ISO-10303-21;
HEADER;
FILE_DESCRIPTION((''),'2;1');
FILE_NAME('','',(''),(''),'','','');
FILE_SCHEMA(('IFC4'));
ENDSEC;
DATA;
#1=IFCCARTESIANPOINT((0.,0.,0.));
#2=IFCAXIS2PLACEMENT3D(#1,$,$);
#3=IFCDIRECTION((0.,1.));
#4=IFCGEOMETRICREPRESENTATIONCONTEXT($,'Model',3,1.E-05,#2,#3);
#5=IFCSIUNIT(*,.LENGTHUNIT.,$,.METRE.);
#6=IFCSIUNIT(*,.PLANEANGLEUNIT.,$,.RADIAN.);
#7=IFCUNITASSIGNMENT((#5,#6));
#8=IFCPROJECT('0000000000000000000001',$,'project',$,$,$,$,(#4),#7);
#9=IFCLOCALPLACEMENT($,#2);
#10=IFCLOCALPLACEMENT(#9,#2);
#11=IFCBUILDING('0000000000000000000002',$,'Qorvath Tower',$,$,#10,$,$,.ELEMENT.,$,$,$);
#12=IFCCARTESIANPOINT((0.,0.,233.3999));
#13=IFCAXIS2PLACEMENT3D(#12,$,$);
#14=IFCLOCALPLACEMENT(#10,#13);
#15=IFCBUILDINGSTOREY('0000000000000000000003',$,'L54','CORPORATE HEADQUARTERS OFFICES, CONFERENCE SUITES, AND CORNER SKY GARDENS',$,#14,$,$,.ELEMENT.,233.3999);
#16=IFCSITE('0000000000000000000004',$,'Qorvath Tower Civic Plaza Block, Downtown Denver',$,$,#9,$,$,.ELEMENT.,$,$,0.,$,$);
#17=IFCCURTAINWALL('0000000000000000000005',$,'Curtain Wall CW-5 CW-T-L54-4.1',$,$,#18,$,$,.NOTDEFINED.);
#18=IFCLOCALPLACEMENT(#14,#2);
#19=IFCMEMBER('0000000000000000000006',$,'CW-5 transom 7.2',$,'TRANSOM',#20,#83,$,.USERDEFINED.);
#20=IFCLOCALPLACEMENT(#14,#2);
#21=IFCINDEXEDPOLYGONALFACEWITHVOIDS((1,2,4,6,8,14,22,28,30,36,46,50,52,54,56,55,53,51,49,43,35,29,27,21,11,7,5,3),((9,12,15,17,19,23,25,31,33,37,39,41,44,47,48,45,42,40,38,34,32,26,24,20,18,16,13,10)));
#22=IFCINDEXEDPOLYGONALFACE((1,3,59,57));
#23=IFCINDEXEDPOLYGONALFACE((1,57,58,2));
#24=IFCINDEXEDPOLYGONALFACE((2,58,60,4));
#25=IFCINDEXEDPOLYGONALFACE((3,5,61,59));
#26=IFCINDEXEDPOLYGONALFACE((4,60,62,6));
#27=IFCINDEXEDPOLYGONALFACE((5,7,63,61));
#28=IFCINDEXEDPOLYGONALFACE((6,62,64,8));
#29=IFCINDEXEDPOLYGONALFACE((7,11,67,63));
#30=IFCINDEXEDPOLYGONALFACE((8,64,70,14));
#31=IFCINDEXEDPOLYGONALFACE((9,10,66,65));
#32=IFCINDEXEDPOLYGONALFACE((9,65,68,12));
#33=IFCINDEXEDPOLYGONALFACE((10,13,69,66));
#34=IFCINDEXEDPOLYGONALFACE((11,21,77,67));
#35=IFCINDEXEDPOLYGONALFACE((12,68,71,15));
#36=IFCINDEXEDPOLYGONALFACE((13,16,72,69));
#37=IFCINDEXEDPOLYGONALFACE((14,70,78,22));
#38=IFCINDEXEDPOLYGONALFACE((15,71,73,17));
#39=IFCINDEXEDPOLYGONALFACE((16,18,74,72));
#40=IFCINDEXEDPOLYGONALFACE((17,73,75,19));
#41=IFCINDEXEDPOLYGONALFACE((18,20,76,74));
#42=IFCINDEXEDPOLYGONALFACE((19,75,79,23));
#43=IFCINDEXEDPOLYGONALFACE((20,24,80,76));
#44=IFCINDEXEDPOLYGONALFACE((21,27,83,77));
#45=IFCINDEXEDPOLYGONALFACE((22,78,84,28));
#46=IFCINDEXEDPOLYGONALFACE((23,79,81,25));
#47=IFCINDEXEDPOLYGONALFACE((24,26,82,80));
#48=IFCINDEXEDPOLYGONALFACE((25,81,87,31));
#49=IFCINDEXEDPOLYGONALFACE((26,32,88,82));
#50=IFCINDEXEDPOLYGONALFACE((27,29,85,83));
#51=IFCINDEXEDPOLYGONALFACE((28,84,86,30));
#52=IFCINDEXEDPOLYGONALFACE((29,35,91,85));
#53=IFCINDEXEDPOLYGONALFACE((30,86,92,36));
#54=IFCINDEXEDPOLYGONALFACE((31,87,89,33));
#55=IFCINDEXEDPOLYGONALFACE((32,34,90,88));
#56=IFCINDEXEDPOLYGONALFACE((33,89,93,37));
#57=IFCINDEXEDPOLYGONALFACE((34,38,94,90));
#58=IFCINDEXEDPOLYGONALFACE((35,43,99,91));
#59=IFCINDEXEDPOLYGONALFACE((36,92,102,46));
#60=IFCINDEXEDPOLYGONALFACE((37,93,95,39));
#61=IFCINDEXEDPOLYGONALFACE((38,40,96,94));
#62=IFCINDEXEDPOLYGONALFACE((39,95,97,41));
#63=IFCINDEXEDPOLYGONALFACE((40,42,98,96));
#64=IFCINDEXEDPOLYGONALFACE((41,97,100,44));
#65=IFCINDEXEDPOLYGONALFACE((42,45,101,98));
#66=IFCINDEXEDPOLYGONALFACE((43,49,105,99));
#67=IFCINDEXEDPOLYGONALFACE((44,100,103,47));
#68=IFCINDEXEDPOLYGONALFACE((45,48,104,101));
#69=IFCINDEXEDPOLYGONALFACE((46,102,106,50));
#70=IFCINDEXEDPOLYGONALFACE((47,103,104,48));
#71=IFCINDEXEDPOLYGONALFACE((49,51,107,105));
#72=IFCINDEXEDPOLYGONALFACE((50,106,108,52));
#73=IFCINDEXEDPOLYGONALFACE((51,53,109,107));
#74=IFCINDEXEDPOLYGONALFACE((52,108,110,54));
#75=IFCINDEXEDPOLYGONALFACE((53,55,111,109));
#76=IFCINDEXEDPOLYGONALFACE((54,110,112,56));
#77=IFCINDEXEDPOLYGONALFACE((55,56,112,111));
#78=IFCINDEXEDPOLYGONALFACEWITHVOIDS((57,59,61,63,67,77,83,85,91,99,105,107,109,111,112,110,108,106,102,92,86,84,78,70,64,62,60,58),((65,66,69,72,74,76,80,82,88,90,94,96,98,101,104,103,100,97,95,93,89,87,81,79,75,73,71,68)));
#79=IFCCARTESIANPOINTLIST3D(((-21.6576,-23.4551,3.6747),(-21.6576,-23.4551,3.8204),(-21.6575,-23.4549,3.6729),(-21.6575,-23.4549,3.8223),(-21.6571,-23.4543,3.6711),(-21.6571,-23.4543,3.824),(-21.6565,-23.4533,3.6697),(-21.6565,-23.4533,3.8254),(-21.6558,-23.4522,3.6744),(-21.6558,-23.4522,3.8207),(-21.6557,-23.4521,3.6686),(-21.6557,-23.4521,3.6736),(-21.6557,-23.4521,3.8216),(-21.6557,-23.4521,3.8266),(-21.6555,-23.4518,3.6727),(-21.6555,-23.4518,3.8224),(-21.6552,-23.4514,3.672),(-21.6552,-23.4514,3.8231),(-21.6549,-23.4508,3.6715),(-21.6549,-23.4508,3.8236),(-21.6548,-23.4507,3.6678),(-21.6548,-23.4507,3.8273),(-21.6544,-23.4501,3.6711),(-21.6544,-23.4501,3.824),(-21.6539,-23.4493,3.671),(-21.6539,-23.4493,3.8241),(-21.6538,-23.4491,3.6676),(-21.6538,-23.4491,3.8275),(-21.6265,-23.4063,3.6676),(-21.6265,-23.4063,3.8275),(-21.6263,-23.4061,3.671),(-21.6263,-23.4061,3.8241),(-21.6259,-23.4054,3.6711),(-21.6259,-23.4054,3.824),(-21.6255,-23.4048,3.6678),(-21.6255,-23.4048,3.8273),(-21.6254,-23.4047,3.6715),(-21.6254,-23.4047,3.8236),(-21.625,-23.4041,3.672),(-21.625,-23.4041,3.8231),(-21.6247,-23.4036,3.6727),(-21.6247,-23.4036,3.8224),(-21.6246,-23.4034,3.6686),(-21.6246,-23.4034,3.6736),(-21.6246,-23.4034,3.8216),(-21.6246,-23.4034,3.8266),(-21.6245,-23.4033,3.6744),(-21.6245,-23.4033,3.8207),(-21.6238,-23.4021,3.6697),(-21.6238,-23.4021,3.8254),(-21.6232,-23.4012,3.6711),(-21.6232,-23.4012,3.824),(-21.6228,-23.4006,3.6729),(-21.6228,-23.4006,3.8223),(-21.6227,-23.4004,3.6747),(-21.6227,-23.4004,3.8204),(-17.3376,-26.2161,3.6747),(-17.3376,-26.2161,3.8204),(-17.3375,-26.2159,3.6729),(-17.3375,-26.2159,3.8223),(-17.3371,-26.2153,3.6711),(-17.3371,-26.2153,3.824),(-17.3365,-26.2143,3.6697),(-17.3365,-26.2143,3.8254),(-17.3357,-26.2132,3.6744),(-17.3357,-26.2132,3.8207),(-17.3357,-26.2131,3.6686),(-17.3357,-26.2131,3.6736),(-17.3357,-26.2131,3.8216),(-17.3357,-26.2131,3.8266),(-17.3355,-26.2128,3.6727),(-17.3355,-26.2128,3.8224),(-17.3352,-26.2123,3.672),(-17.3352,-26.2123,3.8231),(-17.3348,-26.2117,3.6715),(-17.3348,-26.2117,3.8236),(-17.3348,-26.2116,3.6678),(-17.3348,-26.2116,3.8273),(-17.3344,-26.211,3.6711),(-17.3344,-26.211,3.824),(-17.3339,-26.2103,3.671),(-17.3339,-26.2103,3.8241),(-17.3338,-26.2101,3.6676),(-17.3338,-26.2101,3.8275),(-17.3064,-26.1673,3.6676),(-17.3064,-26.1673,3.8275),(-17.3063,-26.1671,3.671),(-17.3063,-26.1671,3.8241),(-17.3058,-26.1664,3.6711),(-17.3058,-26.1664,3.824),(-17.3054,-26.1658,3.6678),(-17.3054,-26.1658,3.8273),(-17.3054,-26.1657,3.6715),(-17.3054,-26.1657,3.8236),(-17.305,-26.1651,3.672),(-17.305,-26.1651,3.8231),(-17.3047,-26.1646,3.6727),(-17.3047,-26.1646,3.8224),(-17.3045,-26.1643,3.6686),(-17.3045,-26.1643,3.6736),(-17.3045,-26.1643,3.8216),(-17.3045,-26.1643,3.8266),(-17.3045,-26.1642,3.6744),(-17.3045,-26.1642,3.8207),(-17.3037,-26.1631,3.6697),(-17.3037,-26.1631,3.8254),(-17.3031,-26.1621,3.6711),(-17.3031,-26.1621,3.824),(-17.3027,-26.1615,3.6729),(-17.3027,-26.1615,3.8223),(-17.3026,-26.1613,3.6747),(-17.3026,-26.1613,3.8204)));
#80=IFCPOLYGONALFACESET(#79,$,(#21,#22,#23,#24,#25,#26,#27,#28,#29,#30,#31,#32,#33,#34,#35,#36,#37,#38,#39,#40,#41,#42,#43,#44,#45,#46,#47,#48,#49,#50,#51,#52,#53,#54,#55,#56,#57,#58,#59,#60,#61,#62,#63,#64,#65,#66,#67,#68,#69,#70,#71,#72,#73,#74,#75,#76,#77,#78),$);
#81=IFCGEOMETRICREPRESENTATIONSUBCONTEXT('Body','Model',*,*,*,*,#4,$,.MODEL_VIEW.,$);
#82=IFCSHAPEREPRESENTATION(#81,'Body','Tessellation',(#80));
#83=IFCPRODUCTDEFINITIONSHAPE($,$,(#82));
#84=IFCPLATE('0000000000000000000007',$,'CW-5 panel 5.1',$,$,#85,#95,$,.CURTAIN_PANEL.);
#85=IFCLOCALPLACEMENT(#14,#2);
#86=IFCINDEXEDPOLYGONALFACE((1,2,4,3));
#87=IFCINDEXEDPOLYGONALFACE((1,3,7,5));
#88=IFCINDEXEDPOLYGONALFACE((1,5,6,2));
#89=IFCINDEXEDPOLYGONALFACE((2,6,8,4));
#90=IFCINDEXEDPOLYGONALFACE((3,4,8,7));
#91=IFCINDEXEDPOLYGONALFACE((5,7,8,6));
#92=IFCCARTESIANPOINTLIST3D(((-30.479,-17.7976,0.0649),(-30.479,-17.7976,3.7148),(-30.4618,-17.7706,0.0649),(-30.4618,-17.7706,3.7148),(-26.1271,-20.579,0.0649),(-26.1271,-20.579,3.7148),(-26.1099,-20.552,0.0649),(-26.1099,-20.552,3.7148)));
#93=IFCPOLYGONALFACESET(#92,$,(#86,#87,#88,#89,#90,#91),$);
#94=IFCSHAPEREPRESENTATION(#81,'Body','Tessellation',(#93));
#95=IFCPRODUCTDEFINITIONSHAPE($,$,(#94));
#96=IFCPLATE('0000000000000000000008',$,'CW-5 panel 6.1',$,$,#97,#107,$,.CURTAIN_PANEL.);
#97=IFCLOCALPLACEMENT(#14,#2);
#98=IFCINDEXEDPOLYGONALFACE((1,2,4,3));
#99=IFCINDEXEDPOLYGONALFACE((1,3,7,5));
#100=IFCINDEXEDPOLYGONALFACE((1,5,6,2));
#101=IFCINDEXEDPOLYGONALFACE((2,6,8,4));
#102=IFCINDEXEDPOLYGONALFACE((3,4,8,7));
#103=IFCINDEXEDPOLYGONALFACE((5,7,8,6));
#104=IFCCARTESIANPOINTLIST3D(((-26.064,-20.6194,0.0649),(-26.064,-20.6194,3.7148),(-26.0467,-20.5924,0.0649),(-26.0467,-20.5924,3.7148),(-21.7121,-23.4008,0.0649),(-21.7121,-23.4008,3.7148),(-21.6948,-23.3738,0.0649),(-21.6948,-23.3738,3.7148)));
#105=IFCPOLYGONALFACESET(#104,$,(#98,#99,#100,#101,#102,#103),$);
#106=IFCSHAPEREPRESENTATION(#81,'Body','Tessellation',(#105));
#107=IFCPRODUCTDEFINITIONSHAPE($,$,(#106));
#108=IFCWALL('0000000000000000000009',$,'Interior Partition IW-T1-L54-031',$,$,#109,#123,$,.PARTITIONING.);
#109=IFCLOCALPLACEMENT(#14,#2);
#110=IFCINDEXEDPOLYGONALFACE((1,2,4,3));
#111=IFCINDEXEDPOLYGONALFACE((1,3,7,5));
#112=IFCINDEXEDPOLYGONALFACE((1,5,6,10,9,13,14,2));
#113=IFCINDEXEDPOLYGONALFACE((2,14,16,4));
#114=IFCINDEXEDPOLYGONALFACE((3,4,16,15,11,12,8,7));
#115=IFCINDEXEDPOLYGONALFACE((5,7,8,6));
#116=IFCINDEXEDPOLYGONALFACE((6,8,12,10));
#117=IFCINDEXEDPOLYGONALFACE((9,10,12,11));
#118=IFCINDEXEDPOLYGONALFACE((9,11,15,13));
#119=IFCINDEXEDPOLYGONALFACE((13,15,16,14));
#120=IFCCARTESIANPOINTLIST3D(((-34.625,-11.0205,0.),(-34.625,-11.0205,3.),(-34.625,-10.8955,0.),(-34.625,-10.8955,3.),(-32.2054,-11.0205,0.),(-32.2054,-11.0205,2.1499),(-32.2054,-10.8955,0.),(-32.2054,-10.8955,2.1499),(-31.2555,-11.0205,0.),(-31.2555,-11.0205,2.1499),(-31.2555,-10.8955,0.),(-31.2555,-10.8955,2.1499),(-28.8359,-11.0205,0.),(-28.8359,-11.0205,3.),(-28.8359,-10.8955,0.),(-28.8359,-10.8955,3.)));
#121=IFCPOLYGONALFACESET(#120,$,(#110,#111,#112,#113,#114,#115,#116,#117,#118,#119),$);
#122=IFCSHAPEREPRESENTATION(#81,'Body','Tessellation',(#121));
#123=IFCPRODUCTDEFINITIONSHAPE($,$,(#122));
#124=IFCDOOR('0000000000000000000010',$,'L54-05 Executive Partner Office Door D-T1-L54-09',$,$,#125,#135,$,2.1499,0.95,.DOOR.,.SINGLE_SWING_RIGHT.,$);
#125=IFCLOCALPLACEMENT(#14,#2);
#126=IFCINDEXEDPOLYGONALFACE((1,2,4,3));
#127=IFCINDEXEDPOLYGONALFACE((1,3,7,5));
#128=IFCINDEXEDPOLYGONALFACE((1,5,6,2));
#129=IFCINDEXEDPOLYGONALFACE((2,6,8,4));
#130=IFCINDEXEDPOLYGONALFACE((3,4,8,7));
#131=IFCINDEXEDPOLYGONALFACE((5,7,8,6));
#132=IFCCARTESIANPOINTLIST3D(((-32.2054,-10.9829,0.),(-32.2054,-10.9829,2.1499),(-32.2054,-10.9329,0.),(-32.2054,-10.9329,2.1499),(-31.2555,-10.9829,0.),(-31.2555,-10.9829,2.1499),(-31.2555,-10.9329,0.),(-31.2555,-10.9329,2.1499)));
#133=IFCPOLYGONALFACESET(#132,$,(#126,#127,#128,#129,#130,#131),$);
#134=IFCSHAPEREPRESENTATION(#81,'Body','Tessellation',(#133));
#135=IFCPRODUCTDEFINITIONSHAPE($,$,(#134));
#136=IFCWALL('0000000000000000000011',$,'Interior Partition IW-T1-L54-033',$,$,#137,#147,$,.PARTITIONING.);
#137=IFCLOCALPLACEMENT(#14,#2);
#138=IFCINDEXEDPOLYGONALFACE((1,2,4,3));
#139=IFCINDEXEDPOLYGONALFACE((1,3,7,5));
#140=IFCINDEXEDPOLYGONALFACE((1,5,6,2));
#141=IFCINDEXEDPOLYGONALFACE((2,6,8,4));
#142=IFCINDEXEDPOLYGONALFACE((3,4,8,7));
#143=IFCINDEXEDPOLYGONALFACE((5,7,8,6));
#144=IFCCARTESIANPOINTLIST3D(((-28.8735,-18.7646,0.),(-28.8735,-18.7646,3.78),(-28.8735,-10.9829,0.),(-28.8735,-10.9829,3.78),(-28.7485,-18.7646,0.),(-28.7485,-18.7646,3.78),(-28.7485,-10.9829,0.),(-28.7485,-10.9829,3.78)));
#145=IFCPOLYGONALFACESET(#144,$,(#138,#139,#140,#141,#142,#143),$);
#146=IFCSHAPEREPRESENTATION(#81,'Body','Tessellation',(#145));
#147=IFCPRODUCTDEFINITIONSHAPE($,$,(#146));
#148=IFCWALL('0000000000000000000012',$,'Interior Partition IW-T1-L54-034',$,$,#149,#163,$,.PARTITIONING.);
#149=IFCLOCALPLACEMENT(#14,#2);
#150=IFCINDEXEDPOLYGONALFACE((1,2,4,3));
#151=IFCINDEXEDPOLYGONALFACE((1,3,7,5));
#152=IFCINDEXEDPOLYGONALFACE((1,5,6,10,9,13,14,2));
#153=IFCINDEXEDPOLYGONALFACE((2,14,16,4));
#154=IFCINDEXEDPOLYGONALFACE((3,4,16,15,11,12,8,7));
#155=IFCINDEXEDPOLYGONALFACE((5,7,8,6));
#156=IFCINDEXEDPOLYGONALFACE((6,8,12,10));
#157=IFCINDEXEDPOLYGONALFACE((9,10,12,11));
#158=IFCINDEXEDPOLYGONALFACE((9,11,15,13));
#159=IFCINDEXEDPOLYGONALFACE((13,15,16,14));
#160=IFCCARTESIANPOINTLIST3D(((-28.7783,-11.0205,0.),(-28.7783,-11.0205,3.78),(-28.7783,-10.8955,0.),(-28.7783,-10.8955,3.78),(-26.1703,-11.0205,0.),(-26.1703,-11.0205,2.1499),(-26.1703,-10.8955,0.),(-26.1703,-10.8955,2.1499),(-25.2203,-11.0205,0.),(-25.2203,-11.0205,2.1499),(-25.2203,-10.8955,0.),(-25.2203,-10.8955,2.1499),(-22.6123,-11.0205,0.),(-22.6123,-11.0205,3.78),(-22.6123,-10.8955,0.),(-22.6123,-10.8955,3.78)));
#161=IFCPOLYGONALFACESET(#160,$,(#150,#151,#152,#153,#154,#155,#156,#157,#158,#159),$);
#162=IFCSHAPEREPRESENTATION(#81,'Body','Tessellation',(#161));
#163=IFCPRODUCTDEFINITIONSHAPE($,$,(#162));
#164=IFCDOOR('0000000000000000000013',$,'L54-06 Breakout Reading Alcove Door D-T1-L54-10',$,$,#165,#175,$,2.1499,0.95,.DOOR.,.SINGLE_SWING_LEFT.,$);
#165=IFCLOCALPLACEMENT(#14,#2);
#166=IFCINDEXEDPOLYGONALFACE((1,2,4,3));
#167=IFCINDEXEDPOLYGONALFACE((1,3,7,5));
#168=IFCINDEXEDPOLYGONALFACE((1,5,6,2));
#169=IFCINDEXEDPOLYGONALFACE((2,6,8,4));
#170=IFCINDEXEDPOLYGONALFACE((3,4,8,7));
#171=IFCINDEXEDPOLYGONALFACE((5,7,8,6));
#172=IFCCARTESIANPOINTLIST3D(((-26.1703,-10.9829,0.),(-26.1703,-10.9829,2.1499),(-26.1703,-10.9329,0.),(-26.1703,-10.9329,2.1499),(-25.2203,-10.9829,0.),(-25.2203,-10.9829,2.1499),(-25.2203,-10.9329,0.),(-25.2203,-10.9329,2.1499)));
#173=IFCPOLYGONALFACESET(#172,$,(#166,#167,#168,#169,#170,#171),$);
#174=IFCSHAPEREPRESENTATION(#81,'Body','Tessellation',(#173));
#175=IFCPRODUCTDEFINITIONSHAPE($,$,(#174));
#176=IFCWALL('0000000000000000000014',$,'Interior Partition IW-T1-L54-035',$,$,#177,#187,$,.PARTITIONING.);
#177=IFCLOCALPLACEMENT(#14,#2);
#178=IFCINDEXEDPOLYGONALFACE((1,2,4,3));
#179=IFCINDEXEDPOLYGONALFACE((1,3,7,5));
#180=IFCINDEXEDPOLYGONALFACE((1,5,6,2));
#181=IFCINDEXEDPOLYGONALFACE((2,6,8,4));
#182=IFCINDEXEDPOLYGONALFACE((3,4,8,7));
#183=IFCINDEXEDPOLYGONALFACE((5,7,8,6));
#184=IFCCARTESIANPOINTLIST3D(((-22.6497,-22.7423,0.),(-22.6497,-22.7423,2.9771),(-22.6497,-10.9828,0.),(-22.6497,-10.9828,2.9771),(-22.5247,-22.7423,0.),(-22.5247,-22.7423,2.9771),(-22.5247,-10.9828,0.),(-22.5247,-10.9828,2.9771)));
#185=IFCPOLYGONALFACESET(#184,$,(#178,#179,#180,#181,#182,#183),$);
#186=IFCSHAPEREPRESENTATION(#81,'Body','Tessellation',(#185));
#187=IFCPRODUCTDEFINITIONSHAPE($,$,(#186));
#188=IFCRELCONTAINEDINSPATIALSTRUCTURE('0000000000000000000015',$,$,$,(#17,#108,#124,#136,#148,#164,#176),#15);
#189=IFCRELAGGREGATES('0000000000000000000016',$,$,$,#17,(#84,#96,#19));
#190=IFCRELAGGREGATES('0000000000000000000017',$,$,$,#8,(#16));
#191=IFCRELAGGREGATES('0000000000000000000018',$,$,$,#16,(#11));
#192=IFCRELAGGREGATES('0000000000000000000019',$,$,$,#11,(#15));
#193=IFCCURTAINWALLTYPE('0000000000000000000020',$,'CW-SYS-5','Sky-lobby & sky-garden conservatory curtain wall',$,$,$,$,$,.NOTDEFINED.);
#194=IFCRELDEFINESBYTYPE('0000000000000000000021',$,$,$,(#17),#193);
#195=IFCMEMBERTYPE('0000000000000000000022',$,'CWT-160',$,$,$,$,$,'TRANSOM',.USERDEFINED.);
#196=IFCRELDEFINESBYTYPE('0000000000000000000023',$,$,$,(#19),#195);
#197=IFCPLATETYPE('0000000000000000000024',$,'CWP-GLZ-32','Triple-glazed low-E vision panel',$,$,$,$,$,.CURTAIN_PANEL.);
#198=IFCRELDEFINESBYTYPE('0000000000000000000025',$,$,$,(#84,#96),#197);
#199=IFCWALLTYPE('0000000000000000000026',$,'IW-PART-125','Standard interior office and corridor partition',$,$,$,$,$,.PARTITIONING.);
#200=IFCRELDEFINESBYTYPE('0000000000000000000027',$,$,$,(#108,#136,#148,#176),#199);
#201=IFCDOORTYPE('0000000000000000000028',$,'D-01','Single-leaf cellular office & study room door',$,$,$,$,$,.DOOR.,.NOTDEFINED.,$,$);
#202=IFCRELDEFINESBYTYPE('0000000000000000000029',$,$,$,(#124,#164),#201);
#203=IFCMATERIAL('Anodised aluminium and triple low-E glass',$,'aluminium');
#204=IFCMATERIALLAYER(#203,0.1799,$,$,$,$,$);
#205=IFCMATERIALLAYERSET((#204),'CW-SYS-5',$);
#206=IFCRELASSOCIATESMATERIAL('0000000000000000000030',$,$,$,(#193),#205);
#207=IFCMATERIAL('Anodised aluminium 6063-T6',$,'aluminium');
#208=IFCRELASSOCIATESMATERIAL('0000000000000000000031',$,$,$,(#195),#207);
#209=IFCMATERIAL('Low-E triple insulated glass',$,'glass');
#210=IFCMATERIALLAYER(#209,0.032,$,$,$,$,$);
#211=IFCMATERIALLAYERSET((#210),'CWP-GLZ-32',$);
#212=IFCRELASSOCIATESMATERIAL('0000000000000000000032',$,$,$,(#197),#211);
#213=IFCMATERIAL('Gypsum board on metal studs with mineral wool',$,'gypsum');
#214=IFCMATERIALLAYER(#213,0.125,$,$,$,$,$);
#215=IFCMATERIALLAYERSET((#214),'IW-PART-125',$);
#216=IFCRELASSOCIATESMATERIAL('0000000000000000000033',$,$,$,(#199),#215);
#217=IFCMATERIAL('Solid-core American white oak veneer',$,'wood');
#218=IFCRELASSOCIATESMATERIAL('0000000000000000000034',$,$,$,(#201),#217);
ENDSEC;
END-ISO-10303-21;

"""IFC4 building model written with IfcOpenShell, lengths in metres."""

from ifc_helpers import new_model, si_unit, direction, frame, frame_2d, origin, origin_2d, place, context, subcontext, project, spatial, rectangle, hollow_rectangle, extrude, material, layer, layer_set, material_profile, profile_set, type_object, element, fill, aggregate, save


model = new_model("IFC4")

# Units and contexts
model_context = context("Model", 3, precision=1e-05, world=origin(), true_north=direction((0.0, 1.0)))
body_context = subcontext(model_context, "Body", "Model", "MODEL_VIEW")
ifc_project = project(units=[si_unit("LENGTHUNIT", "METRE"), si_unit("PLANEANGLEUNIT", "RADIAN")], contexts=[model_context])

# Site, building, storey
site_placement = place(None, origin())
site = spatial("IfcSite", under=ifc_project, at=site_placement, Name="Qorvath Tower Civic Plaza Block, Downtown Denver", CompositionType="ELEMENT", RefElevation=0.0)
building_placement = place(site_placement, origin())
building = spatial("IfcBuilding", under=site, at=building_placement, Name="Qorvath Tower", CompositionType="ELEMENT")
storey_placement = place(building_placement, frame((0.0, 0.0, 233.3999)))
storey = spatial("IfcBuildingStorey", under=building, at=storey_placement, Name="L54", Description="CORPORATE HEADQUARTERS OFFICES, CONFERENCE SUITES, AND CORNER SKY GARDENS", CompositionType="ELEMENT", Elevation=233.3999)

# Curtain wall, member, plates
ifc_material_1 = material(Name="Anodised aluminium and triple low-E glass", Category="aluminium")
ifc_layer_1 = layer(ifc_material_1, 0.1799)
ifc_layer_set_1 = layer_set([ifc_layer_1], Name="CW-SYS-5")
curtain_wall_type = type_object("IfcCurtainWallType", Name="CW-SYS-5", Description="Sky-lobby & sky-garden conservatory curtain wall", PredefinedType="NOTDEFINED", material=ifc_layer_set_1)
curtain_wall_placement = place(storey_placement, origin())
curtain_wall = element("IfcCurtainWall", 1, at=curtain_wall_placement, inside=storey, type_object=curtain_wall_type, Name="Curtain Wall CW-5 CW-T-L54-4.1", PredefinedType="NOTDEFINED")
ifc_material_2 = material(Name="Anodised aluminium 6063-T6", Category="aluminium")
ifc_material_profile_1 = material_profile(ifc_material_2, hollow_rectangle(XDim=0.0649, YDim=0.1599, WallThickness=0.0034, InnerFilletRadius=0.0034, OuterFilletRadius=0.0071, at=origin_2d()), Name="CWT 160x65")
ifc_profile_set_1 = profile_set([ifc_material_profile_1], Name="Anodised aluminium 6063-T6")
member_type_1 = type_object("IfcMemberType", Name="CWT-160", ElementType="TRANSOM", PredefinedType="USERDEFINED", material=ifc_profile_set_1)
member_1_placement = place(storey_placement, frame((-21.6401, -23.4277, 3.7476), z_axis=(0.842613, -0.53852, 0.0), x_axis=(0.53852, 0.842613, 0.0)))
member_1 = element("IfcMember", 2, at=member_1_placement, type_object=member_type_1, Name="CW-5 transom 7.2", ObjectType="TRANSOM", PredefinedType="USERDEFINED", context=body_context, shape_type="SweptSolid", body=[
    extrude(hollow_rectangle(XDim=0.0649, YDim=0.1599, WallThickness=0.0034, InnerFilletRadius=0.0034, OuterFilletRadius=0.0071, at=origin_2d()), origin(), (0.0, 0.0, 1.0), 5.127),
])
ifc_material_3 = material(Name="Low-E triple insulated glass", Category="glass")
ifc_layer_2 = layer(ifc_material_3, 0.032)
ifc_layer_set_2 = layer_set([ifc_layer_2], Name="CWP-GLZ-32")
plate_type = type_object("IfcPlateType", Name="CWP-GLZ-32", Description="Triple-glazed low-E vision panel", PredefinedType="CURTAIN_PANEL", material=ifc_layer_set_2)
plate_1_placement = place(storey_placement, frame((-28.2944, -19.1748, 0.0649), z_axis=(0.0, 0.0, 1.0), x_axis=(0.842607, -0.538528, 0.0)))
plate_1 = element("IfcPlate", 3, at=plate_1_placement, type_object=plate_type, Name="CW-5 panel 5.1", PredefinedType="CURTAIN_PANEL", context=body_context, shape_type="SweptSolid", body=[
    extrude(rectangle(XDim=5.1648, YDim=0.032, at=origin_2d()), origin(), (0.0, 0.0, 1.0), 3.6499),
])
plate_2_placement = place(storey_placement, frame((-23.8794, -21.9966, 0.0649), z_axis=(0.0, 0.0, 1.0), x_axis=(0.842607, -0.538528, 0.0)))
plate_2 = element("IfcPlate", 4, at=plate_2_placement, type_object=plate_type, Name="CW-5 panel 6.1", PredefinedType="CURTAIN_PANEL", context=body_context, shape_type="SweptSolid", body=[
    extrude(rectangle(XDim=5.1648, YDim=0.032, at=origin_2d()), origin(), (0.0, 0.0, 1.0), 3.6499),
])
aggregate(curtain_wall, [plate_1, plate_2, member_1])

# Wall, opening, door
ifc_material_4 = material(Name="Gypsum board on metal studs with mineral wool", Category="gypsum")
ifc_layer_3 = layer(ifc_material_4, 0.125)
ifc_layer_set_3 = layer_set([ifc_layer_3], Name="IW-PART-125")
wall_type = type_object("IfcWallType", Name="IW-PART-125", Description="Standard interior office and corridor partition", PredefinedType="PARTITIONING", material=ifc_layer_set_3)
wall_1_placement = place(storey_placement, frame((-28.8359, -10.958, 0.0), z_axis=(0.0, 0.0, 1.0), x_axis=(-1.0, 0.0, 0.0)))
wall_1 = element("IfcWall", 5, at=wall_1_placement, inside=storey, type_object=wall_type, Name="Interior Partition IW-T1-L54-031", PredefinedType="PARTITIONING", context=body_context, shape_type="SweptSolid", body=[
    extrude(rectangle(XDim=5.7891, YDim=0.125, at=frame_2d((2.8945, 0.0))), origin(), (0.0, 0.0, 1.0), 3.0),
])
opening_1_placement = place(wall_1_placement, frame((2.4194, 0.0, 0.0)))
opening_1 = element("IfcOpeningElement", 6, at=opening_1_placement, cuts=wall_1, PredefinedType="OPENING", context=body_context, shape_type="SweptSolid", body=[
    extrude(rectangle(XDim=0.95, YDim=2.1499, at=frame_2d((0.4751, 1.075))), frame((0.0, 0.0725, 0.0), z_axis=(0.0, -1.0, 0.0), x_axis=(1.0, 0.0, 0.0)), (0.0, 0.0, 1.0), 0.145),
])
ifc_material_5 = material(Name="Solid-core American white oak veneer", Category="wood")
door_type = type_object("IfcDoorType", Name="D-01", Description="Single-leaf cellular office & study room door", OperationType="NOTDEFINED", PredefinedType="DOOR", material=ifc_material_5)
door_1_placement = place(opening_1_placement, origin())
door_1 = element("IfcDoor", 7, at=door_1_placement, inside=storey, type_object=door_type, Name="L54-05 Executive Partner Office Door D-T1-L54-09", OperationType="SINGLE_SWING_RIGHT", OverallHeight=2.1499, OverallWidth=0.95, PredefinedType="DOOR", context=body_context, shape_type="SweptSolid", body=[
    extrude(rectangle(XDim=0.95, YDim=2.1499, at=frame_2d((0.4751, 1.075))), frame((0.0, 0.0249, 0.0), z_axis=(0.0, -1.0, 0.0), x_axis=(1.0, 0.0, 0.0)), (0.0, 0.0, 1.0), 0.05),
])
fill(opening_1, door_1)

# Wall
wall_2_placement = place(storey_placement, frame((-28.811, -18.7646, 0.0), z_axis=(0.0, 0.0, 1.0), x_axis=(0.0, 1.0, 0.0)))
element("IfcWall", 8, at=wall_2_placement, inside=storey, type_object=wall_type, Name="Interior Partition IW-T1-L54-033", PredefinedType="PARTITIONING", context=body_context, shape_type="SweptSolid", body=[
    extrude(rectangle(XDim=7.7817, YDim=0.125, at=frame_2d((3.8909, 0.0))), origin(), (0.0, 0.0, 1.0), 3.78),
])

# Wall, opening, door
wall_3_placement = place(storey_placement, frame((-22.6123, -10.958, 0.0), z_axis=(0.0, 0.0, 1.0), x_axis=(-1.0, 0.0, 0.0)))
wall_3 = element("IfcWall", 9, at=wall_3_placement, inside=storey, type_object=wall_type, Name="Interior Partition IW-T1-L54-034", PredefinedType="PARTITIONING", context=body_context, shape_type="SweptSolid", body=[
    extrude(rectangle(XDim=6.166, YDim=0.125, at=frame_2d((3.083, 0.0))), origin(), (0.0, 0.0, 1.0), 3.78),
])
opening_2_placement = place(wall_3_placement, frame((2.6079, 0.0, 0.0)))
opening_2 = element("IfcOpeningElement", 10, at=opening_2_placement, cuts=wall_3, PredefinedType="OPENING", context=body_context, shape_type="SweptSolid", body=[
    extrude(rectangle(XDim=0.95, YDim=2.1499, at=frame_2d((0.4751, 1.075))), frame((0.0, 0.0725, 0.0), z_axis=(0.0, -1.0, 0.0), x_axis=(1.0, 0.0, 0.0)), (0.0, 0.0, 1.0), 0.145),
])
door_2_placement = place(opening_2_placement, origin())
door_2 = element("IfcDoor", 11, at=door_2_placement, inside=storey, type_object=door_type, Name="L54-06 Breakout Reading Alcove Door D-T1-L54-10", OperationType="SINGLE_SWING_LEFT", OverallHeight=2.1499, OverallWidth=0.95, PredefinedType="DOOR", context=body_context, shape_type="SweptSolid", body=[
    extrude(rectangle(XDim=0.95, YDim=2.1499, at=frame_2d((0.4751, 1.075))), frame((0.0, 0.0249, 0.0), z_axis=(0.0, -1.0, 0.0), x_axis=(1.0, 0.0, 0.0)), (0.0, 0.0, 1.0), 0.05),
])
fill(opening_2, door_2)

# Wall
wall_4_placement = place(storey_placement, frame((-22.5872, -22.7424, 0.0), z_axis=(0.0, 0.0, 1.0), x_axis=(0.0, 1.0, 0.0)))
element("IfcWall", 12, at=wall_4_placement, inside=storey, type_object=wall_type, Name="Interior Partition IW-T1-L54-035", PredefinedType="PARTITIONING", context=body_context, shape_type="SweptSolid", body=[
    extrude(rectangle(XDim=11.7595, YDim=0.125, at=frame_2d((5.8799, 0.0))), origin(), (0.0, 0.0, 1.0), 2.9771),
])

save(model, "model.ifc")
